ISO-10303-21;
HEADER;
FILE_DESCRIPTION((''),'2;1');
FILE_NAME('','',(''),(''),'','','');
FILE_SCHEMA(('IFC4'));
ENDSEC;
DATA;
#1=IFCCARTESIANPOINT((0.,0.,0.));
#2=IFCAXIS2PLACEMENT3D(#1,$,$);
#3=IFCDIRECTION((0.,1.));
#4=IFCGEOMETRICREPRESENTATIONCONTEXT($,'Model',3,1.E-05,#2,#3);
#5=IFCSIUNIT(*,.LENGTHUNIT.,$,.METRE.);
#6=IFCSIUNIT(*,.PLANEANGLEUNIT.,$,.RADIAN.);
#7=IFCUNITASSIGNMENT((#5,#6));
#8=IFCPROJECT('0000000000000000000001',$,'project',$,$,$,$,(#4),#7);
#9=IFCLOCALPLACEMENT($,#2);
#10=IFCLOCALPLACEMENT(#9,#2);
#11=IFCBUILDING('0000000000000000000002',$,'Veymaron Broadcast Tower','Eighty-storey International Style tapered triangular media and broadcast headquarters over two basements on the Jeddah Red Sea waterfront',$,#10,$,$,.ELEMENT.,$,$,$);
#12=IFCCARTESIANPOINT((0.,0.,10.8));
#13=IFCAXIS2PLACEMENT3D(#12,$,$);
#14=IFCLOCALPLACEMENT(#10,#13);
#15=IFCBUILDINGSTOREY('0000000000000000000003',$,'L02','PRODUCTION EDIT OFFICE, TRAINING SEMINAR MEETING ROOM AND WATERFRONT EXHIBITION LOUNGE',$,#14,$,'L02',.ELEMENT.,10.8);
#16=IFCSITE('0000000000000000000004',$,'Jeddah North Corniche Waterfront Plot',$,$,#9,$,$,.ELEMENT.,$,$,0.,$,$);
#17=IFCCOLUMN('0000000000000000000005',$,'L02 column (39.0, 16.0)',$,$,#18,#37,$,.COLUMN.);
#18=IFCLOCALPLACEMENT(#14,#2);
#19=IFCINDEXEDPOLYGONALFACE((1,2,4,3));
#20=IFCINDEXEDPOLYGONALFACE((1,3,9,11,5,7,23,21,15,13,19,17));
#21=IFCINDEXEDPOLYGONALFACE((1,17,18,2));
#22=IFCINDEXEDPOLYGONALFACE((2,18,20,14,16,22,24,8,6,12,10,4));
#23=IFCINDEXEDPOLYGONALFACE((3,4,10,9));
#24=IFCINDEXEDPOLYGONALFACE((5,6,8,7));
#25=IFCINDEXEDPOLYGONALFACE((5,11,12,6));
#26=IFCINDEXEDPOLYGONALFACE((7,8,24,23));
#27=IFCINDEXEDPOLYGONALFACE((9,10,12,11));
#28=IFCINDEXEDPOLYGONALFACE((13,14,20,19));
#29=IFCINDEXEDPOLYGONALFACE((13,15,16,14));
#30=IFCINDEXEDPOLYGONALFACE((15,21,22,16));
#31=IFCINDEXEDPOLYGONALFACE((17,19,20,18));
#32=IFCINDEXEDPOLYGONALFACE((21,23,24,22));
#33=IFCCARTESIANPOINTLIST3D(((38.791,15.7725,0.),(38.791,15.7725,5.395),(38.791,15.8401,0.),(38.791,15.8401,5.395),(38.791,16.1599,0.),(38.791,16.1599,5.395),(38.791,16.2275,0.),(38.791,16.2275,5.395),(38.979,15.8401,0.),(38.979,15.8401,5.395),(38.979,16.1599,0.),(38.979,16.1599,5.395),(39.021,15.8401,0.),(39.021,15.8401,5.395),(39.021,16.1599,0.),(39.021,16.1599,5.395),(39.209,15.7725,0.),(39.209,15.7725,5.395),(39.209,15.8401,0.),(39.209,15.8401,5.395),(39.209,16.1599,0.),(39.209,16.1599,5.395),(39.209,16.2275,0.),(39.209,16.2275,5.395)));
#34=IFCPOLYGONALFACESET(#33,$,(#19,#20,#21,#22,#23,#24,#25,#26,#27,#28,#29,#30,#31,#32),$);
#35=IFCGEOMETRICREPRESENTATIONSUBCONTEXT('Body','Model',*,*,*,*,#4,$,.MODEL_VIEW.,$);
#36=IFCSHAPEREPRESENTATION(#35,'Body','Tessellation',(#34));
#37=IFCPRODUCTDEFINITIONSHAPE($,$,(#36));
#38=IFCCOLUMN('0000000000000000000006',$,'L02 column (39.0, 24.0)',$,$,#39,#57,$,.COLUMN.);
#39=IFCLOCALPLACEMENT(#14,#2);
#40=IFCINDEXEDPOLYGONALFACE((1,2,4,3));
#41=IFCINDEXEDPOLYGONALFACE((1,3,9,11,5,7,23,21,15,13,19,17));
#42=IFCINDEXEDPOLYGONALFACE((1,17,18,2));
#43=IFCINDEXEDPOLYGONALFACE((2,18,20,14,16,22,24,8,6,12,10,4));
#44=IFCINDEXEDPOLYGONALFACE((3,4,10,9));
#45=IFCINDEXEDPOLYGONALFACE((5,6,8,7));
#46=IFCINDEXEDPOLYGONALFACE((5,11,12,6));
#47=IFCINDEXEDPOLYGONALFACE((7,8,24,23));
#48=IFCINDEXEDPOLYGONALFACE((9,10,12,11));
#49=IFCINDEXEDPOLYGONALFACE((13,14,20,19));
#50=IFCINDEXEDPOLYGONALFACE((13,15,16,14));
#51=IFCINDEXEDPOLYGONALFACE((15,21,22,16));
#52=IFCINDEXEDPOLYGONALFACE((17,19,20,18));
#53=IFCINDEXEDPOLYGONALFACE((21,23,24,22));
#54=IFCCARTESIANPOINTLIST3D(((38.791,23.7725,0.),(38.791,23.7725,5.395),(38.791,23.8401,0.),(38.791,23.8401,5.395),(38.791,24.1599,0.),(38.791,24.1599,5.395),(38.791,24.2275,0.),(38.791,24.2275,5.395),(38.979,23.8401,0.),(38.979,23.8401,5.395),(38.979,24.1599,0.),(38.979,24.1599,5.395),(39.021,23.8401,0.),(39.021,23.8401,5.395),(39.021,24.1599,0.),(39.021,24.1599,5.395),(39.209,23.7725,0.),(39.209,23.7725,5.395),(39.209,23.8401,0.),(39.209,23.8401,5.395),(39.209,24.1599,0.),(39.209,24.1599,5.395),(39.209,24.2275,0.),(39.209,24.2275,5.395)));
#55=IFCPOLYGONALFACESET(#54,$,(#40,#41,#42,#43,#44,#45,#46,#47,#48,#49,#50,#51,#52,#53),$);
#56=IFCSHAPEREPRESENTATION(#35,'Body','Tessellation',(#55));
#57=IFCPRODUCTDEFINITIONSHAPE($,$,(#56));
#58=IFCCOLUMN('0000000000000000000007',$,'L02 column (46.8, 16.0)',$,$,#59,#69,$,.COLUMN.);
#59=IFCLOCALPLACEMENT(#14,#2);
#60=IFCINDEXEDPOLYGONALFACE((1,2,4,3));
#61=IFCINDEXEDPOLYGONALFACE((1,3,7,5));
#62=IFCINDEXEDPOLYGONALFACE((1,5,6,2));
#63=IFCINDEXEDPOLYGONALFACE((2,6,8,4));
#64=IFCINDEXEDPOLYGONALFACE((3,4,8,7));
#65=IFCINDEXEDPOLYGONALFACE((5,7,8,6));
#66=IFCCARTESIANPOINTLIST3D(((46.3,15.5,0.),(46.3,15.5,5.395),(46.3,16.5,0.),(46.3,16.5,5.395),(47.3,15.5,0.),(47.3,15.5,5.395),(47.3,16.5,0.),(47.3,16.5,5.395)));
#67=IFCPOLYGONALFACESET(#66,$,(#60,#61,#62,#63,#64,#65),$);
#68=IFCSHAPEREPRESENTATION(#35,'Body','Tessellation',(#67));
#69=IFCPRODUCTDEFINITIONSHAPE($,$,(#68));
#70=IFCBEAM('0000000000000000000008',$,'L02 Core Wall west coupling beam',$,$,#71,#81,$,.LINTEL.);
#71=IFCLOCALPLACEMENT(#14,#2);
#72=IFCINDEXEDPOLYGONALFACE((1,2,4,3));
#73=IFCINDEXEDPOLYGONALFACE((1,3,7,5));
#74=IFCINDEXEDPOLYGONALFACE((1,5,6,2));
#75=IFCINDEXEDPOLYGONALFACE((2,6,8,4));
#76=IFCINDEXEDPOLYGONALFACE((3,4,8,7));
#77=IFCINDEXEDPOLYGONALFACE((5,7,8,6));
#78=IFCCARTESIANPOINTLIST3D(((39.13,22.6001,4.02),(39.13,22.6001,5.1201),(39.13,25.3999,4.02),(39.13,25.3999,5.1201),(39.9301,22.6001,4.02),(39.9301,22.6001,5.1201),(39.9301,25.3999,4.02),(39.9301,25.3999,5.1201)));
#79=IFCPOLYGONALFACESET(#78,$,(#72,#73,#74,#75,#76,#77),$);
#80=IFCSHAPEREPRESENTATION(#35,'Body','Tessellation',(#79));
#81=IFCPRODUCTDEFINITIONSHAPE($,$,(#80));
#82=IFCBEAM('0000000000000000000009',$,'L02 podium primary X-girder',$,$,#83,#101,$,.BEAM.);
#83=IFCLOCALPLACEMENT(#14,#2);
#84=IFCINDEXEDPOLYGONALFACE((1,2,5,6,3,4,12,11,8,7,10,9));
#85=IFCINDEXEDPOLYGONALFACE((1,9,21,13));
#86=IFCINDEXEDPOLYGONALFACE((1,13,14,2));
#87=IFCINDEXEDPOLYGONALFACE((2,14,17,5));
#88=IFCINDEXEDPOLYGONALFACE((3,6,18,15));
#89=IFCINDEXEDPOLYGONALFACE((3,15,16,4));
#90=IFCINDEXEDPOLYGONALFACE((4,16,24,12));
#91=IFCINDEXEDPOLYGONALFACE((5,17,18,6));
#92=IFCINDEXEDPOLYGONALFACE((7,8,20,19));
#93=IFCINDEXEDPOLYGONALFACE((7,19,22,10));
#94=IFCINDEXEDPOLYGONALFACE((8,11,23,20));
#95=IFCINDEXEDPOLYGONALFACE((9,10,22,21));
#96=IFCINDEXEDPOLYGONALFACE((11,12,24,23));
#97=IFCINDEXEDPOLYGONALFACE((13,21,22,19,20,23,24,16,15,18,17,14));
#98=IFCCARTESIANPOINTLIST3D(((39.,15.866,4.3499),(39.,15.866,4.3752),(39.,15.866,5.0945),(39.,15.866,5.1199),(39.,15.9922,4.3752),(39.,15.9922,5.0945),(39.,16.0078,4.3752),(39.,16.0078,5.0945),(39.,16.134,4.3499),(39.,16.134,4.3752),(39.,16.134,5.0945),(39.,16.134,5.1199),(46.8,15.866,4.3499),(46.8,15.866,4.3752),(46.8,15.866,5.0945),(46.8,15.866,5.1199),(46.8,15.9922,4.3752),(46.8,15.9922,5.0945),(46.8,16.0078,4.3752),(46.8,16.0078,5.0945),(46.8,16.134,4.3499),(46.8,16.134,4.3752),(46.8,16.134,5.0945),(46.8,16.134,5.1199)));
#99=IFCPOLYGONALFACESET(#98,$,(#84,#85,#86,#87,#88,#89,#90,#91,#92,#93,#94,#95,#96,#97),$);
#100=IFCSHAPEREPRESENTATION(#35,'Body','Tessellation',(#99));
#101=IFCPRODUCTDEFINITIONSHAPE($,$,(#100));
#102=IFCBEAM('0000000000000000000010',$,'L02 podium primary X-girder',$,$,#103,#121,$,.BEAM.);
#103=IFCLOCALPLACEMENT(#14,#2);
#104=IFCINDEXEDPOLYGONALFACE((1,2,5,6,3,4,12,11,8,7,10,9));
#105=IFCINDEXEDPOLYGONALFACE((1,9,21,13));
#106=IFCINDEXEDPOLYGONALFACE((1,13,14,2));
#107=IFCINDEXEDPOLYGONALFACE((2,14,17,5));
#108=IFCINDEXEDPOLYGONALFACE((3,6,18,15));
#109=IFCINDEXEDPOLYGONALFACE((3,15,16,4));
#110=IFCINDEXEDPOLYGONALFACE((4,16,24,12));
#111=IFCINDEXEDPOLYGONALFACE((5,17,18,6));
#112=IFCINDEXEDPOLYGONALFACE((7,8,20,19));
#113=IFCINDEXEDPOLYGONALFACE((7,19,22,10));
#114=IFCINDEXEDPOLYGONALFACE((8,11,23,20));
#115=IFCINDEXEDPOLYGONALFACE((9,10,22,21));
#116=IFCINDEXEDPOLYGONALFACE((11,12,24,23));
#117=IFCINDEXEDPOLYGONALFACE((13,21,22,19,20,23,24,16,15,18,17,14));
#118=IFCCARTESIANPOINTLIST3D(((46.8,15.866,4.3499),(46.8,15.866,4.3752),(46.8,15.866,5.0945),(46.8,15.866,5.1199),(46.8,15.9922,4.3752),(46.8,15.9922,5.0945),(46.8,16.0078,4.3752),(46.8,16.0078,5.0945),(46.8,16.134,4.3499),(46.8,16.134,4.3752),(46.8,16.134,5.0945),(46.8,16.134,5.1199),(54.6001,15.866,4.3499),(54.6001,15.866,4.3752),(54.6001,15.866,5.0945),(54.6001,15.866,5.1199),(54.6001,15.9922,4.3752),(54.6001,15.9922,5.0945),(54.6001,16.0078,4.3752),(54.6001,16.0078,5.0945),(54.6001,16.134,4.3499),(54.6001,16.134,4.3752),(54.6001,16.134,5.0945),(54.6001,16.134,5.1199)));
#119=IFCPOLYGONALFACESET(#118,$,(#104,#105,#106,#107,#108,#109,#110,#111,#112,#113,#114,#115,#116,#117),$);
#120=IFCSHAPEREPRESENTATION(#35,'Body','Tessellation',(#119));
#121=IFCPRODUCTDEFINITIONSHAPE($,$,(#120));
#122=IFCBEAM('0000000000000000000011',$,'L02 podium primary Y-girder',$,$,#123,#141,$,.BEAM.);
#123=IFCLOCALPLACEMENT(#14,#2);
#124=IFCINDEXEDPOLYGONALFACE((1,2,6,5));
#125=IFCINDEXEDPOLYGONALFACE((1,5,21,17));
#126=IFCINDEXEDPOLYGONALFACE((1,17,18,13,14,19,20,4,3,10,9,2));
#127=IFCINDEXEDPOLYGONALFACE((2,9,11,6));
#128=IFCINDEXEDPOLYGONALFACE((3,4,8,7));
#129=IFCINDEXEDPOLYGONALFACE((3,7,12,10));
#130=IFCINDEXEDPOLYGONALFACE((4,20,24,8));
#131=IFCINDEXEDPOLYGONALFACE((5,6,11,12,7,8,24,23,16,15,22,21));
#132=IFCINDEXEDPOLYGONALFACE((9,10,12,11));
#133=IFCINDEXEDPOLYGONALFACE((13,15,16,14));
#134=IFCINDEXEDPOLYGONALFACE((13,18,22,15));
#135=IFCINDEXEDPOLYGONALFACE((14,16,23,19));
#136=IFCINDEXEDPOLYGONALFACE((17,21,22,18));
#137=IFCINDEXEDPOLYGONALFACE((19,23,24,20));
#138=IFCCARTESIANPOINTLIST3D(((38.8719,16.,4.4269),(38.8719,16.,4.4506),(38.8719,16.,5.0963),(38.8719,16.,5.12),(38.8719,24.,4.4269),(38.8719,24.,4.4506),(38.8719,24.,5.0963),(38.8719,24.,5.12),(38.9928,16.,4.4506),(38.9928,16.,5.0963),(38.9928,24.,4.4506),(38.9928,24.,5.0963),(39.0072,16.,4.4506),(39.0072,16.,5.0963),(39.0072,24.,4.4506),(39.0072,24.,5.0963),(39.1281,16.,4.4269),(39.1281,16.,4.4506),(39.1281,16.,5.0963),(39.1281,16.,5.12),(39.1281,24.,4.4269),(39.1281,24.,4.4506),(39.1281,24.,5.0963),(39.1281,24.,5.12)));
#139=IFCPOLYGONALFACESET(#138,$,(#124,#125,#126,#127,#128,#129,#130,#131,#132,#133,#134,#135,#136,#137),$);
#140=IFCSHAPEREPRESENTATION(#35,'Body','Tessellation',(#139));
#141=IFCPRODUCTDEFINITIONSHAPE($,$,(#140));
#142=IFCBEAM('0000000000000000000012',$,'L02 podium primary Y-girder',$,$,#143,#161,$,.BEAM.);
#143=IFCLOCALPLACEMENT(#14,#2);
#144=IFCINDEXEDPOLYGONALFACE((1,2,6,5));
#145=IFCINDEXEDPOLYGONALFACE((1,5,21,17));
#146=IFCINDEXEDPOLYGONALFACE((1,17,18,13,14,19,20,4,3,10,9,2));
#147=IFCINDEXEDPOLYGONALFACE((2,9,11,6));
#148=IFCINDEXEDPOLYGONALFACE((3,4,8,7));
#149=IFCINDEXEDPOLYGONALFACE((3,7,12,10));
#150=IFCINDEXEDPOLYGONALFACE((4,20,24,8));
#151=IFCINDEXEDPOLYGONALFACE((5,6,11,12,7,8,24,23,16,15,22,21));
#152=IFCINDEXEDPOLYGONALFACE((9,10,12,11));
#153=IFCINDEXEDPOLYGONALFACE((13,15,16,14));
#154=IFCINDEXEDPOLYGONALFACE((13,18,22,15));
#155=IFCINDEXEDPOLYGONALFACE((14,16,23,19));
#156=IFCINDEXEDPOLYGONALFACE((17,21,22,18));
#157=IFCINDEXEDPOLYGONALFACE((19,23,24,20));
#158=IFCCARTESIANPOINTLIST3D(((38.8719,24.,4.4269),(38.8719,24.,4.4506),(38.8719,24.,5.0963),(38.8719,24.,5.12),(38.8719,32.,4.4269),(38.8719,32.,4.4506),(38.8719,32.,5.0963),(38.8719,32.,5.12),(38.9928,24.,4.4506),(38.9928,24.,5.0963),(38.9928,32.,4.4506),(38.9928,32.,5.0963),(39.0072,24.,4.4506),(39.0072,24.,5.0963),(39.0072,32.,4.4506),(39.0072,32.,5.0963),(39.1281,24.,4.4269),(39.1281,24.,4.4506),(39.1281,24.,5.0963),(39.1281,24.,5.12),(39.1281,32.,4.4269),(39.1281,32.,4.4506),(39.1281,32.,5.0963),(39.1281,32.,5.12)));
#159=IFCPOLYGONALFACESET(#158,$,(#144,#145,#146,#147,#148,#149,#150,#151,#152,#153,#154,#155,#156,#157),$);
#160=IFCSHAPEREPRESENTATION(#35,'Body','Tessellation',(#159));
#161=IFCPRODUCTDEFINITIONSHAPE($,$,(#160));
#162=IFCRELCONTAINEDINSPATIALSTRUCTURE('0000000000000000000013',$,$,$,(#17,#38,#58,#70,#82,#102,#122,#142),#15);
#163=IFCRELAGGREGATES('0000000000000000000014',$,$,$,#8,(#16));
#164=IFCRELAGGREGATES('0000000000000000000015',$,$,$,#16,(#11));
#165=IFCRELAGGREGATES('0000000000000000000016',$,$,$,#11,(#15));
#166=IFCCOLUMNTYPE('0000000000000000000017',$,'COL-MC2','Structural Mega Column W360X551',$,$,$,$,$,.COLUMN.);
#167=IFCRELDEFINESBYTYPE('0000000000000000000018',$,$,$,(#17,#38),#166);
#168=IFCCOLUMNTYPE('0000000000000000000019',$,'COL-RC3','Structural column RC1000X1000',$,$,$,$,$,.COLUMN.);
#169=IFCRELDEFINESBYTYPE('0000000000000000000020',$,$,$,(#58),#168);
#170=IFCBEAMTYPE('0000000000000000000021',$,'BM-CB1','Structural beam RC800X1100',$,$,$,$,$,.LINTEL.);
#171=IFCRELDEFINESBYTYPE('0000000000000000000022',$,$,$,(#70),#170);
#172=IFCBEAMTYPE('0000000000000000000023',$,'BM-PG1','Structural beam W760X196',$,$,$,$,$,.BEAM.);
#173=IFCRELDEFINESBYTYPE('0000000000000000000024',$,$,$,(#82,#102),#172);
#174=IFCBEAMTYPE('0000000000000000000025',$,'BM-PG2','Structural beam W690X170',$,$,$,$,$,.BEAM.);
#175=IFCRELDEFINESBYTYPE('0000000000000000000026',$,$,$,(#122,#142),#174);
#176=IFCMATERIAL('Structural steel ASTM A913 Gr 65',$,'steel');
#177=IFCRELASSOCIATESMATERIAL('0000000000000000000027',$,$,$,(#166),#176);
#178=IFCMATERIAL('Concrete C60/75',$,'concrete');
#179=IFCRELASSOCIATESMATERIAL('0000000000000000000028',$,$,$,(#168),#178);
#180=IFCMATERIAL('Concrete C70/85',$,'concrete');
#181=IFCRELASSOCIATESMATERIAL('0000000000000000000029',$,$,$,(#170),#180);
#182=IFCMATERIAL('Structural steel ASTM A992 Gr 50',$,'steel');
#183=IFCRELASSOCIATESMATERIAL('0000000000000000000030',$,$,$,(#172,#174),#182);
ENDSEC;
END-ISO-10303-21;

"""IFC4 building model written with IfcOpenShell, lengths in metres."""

from ifc_helpers import new_model, si_unit, direction, frame, origin, origin_2d, place, context, subcontext, project, spatial, rectangle, i_section, extrude, material, material_profile, profile_set, type_object, element, save


model = new_model("IFC4")

# Units and contexts
model_context = context("Model", 3, precision=1e-05, world=origin(), true_north=direction((0.0, 1.0)))
body_context = subcontext(model_context, "Body", "Model", "MODEL_VIEW")
ifc_project = project(units=[si_unit("LENGTHUNIT", "METRE"), si_unit("PLANEANGLEUNIT", "RADIAN")], contexts=[model_context])

# Site, building, storey
site_placement = place(None, origin())
site = spatial("IfcSite", under=ifc_project, at=site_placement, Name="Jeddah North Corniche Waterfront Plot", CompositionType="ELEMENT", RefElevation=0.0)
building_placement = place(site_placement, origin())
building = spatial("IfcBuilding", under=site, at=building_placement, Name="Veymaron Broadcast Tower", Description="Eighty-storey International Style tapered triangular media and broadcast headquarters over two basements on the Jeddah Red Sea waterfront", CompositionType="ELEMENT")
storey_placement = place(building_placement, frame((0.0, 0.0, 10.8)))
storey = spatial("IfcBuildingStorey", under=building, at=storey_placement, Name="L02", Description="PRODUCTION EDIT OFFICE, TRAINING SEMINAR MEETING ROOM AND WATERFRONT EXHIBITION LOUNGE", LongName="L02", CompositionType="ELEMENT", Elevation=10.8)

# Columns
ifc_material_1 = material(Name="Structural steel ASTM A913 Gr 65", Category="steel")
ifc_material_profile_1 = material_profile(ifc_material_1, i_section(OverallWidth=0.418, OverallDepth=0.4551, WebThickness=0.042, FlangeThickness=0.0676, at=origin_2d()), Name="W360X551")
ifc_profile_set_1 = profile_set([ifc_material_profile_1], Name="Structural steel ASTM A913 Gr 65")
column_type_1 = type_object("IfcColumnType", Name="COL-MC2", Description="Structural Mega Column W360X551", PredefinedType="COLUMN", material=ifc_profile_set_1)
for number, where, z_axis, x_axis, name in (
    (1, (39.0, 16.0, 0.0), (0.0, 0.0, 1.0), (1.0, 0.0, 0.0), "L02 column (39.0, 16.0)"),
    (2, (39.0, 24.0, 0.0), (0.0, 0.0, 1.0), (1.0, 0.0, 0.0), "L02 column (39.0, 24.0)"),
):
    element("IfcColumn", number, at=place(storey_placement, frame(where, z_axis=z_axis, x_axis=x_axis)), inside=storey, type_object=column_type_1, Name=name, PredefinedType="COLUMN", context=body_context, shape_type="SweptSolid", body=[
        extrude(i_section(OverallWidth=0.418, OverallDepth=0.4551, WebThickness=0.042, FlangeThickness=0.0676, at=origin_2d()), origin(), (0.0, 0.0, 1.0), 5.395),
    ])
ifc_material_2 = material(Name="Concrete C60/75", Category="concrete")
ifc_material_profile_2 = material_profile(ifc_material_2, rectangle(XDim=1.0, YDim=1.0, at=origin_2d()), Name="RC1000X1000")
ifc_profile_set_2 = profile_set([ifc_material_profile_2], Name="Concrete C60/75")
column_type_2 = type_object("IfcColumnType", Name="COL-RC3", Description="Structural column RC1000X1000", PredefinedType="COLUMN", material=ifc_profile_set_2)
column_placement = place(storey_placement, frame((46.8, 16.0, 0.0), z_axis=(0.0, 0.0, 1.0), x_axis=(1.0, 0.0, 0.0)))
element("IfcColumn", 3, at=column_placement, inside=storey, type_object=column_type_2, Name="L02 column (46.8, 16.0)", PredefinedType="COLUMN", context=body_context, shape_type="SweptSolid", body=[
    extrude(rectangle(XDim=1.0, YDim=1.0, at=origin_2d()), origin(), (0.0, 0.0, 1.0), 5.395),
])

# Beams
ifc_material_3 = material(Name="Concrete C70/85", Category="concrete")
ifc_material_profile_3 = material_profile(ifc_material_3, rectangle(XDim=0.8, YDim=1.1001, at=origin_2d()), Name="RC800X1100")
ifc_profile_set_3 = profile_set([ifc_material_profile_3], Name="Concrete C70/85")
beam_type_1 = type_object("IfcBeamType", Name="BM-CB1", Description="Structural beam RC800X1100", PredefinedType="LINTEL", material=ifc_profile_set_3)
beam_placement = place(storey_placement, frame((39.53, 22.6001, 4.5701), z_axis=(0.0, 1.0, 0.0), x_axis=(-1.0, 0.0, 0.0)))
element("IfcBeam", 4, at=beam_placement, inside=storey, type_object=beam_type_1, Name="L02 Core Wall west coupling beam", PredefinedType="LINTEL", context=body_context, shape_type="SweptSolid", body=[
    extrude(rectangle(XDim=0.8, YDim=1.1001, at=origin_2d()), origin(), (0.0, 0.0, 1.0), 2.7998),
])
ifc_material_4 = material(Name="Structural steel ASTM A992 Gr 50", Category="steel")
ifc_material_profile_4 = material_profile(ifc_material_4, i_section(OverallWidth=0.2681, OverallDepth=0.77, WebThickness=0.0156, FlangeThickness=0.0254, at=origin_2d()), Name="W760X196")
ifc_profile_set_4 = profile_set([ifc_material_profile_4], Name="Structural steel ASTM A992 Gr 50")
beam_type_2 = type_object("IfcBeamType", Name="BM-PG1", Description="Structural beam W760X196", PredefinedType="BEAM", material=ifc_profile_set_4)
for number, where, z_axis, x_axis, name in (
    (5, (39.0, 16.0, 4.7349), (1.0, 0.0, 0.0), (0.0, 1.0, 0.0), "L02 podium primary X-girder"),
    (6, (46.8, 16.0, 4.7349), (1.0, 0.0, 0.0), (0.0, 1.0, 0.0), "L02 podium primary X-girder"),
):
    element("IfcBeam", number, at=place(storey_placement, frame(where, z_axis=z_axis, x_axis=x_axis)), inside=storey, type_object=beam_type_2, Name=name, PredefinedType="BEAM", context=body_context, shape_type="SweptSolid", body=[
        extrude(i_section(OverallWidth=0.2681, OverallDepth=0.77, WebThickness=0.0156, FlangeThickness=0.0254, at=origin_2d()), origin(), (0.0, 0.0, 1.0), 7.8),
    ])
ifc_material_profile_5 = material_profile(ifc_material_4, i_section(OverallWidth=0.2561, OverallDepth=0.6931, WebThickness=0.0144, FlangeThickness=0.0237, at=origin_2d()), Name="W690X170")
ifc_profile_set_5 = profile_set([ifc_material_profile_5], Name="Structural steel ASTM A992 Gr 50")
beam_type_3 = type_object("IfcBeamType", Name="BM-PG2", Description="Structural beam W690X170", PredefinedType="BEAM", material=ifc_profile_set_5)
for number, where, z_axis, x_axis, name in (
    (7, (39.0, 16.0, 4.7734), (0.0, 1.0, 0.0), (-1.0, 0.0, 0.0), "L02 podium primary Y-girder"),
    (8, (39.0, 24.0, 4.7734), (0.0, 1.0, 0.0), (-1.0, 0.0, 0.0), "L02 podium primary Y-girder"),
):
    element("IfcBeam", number, at=place(storey_placement, frame(where, z_axis=z_axis, x_axis=x_axis)), inside=storey, type_object=beam_type_3, Name=name, PredefinedType="BEAM", context=body_context, shape_type="SweptSolid", body=[
        extrude(i_section(OverallWidth=0.2561, OverallDepth=0.6931, WebThickness=0.0144, FlangeThickness=0.0237, at=origin_2d()), origin(), (0.0, 0.0, 1.0), 8.0),
    ])

save(model, "model.ifc")
